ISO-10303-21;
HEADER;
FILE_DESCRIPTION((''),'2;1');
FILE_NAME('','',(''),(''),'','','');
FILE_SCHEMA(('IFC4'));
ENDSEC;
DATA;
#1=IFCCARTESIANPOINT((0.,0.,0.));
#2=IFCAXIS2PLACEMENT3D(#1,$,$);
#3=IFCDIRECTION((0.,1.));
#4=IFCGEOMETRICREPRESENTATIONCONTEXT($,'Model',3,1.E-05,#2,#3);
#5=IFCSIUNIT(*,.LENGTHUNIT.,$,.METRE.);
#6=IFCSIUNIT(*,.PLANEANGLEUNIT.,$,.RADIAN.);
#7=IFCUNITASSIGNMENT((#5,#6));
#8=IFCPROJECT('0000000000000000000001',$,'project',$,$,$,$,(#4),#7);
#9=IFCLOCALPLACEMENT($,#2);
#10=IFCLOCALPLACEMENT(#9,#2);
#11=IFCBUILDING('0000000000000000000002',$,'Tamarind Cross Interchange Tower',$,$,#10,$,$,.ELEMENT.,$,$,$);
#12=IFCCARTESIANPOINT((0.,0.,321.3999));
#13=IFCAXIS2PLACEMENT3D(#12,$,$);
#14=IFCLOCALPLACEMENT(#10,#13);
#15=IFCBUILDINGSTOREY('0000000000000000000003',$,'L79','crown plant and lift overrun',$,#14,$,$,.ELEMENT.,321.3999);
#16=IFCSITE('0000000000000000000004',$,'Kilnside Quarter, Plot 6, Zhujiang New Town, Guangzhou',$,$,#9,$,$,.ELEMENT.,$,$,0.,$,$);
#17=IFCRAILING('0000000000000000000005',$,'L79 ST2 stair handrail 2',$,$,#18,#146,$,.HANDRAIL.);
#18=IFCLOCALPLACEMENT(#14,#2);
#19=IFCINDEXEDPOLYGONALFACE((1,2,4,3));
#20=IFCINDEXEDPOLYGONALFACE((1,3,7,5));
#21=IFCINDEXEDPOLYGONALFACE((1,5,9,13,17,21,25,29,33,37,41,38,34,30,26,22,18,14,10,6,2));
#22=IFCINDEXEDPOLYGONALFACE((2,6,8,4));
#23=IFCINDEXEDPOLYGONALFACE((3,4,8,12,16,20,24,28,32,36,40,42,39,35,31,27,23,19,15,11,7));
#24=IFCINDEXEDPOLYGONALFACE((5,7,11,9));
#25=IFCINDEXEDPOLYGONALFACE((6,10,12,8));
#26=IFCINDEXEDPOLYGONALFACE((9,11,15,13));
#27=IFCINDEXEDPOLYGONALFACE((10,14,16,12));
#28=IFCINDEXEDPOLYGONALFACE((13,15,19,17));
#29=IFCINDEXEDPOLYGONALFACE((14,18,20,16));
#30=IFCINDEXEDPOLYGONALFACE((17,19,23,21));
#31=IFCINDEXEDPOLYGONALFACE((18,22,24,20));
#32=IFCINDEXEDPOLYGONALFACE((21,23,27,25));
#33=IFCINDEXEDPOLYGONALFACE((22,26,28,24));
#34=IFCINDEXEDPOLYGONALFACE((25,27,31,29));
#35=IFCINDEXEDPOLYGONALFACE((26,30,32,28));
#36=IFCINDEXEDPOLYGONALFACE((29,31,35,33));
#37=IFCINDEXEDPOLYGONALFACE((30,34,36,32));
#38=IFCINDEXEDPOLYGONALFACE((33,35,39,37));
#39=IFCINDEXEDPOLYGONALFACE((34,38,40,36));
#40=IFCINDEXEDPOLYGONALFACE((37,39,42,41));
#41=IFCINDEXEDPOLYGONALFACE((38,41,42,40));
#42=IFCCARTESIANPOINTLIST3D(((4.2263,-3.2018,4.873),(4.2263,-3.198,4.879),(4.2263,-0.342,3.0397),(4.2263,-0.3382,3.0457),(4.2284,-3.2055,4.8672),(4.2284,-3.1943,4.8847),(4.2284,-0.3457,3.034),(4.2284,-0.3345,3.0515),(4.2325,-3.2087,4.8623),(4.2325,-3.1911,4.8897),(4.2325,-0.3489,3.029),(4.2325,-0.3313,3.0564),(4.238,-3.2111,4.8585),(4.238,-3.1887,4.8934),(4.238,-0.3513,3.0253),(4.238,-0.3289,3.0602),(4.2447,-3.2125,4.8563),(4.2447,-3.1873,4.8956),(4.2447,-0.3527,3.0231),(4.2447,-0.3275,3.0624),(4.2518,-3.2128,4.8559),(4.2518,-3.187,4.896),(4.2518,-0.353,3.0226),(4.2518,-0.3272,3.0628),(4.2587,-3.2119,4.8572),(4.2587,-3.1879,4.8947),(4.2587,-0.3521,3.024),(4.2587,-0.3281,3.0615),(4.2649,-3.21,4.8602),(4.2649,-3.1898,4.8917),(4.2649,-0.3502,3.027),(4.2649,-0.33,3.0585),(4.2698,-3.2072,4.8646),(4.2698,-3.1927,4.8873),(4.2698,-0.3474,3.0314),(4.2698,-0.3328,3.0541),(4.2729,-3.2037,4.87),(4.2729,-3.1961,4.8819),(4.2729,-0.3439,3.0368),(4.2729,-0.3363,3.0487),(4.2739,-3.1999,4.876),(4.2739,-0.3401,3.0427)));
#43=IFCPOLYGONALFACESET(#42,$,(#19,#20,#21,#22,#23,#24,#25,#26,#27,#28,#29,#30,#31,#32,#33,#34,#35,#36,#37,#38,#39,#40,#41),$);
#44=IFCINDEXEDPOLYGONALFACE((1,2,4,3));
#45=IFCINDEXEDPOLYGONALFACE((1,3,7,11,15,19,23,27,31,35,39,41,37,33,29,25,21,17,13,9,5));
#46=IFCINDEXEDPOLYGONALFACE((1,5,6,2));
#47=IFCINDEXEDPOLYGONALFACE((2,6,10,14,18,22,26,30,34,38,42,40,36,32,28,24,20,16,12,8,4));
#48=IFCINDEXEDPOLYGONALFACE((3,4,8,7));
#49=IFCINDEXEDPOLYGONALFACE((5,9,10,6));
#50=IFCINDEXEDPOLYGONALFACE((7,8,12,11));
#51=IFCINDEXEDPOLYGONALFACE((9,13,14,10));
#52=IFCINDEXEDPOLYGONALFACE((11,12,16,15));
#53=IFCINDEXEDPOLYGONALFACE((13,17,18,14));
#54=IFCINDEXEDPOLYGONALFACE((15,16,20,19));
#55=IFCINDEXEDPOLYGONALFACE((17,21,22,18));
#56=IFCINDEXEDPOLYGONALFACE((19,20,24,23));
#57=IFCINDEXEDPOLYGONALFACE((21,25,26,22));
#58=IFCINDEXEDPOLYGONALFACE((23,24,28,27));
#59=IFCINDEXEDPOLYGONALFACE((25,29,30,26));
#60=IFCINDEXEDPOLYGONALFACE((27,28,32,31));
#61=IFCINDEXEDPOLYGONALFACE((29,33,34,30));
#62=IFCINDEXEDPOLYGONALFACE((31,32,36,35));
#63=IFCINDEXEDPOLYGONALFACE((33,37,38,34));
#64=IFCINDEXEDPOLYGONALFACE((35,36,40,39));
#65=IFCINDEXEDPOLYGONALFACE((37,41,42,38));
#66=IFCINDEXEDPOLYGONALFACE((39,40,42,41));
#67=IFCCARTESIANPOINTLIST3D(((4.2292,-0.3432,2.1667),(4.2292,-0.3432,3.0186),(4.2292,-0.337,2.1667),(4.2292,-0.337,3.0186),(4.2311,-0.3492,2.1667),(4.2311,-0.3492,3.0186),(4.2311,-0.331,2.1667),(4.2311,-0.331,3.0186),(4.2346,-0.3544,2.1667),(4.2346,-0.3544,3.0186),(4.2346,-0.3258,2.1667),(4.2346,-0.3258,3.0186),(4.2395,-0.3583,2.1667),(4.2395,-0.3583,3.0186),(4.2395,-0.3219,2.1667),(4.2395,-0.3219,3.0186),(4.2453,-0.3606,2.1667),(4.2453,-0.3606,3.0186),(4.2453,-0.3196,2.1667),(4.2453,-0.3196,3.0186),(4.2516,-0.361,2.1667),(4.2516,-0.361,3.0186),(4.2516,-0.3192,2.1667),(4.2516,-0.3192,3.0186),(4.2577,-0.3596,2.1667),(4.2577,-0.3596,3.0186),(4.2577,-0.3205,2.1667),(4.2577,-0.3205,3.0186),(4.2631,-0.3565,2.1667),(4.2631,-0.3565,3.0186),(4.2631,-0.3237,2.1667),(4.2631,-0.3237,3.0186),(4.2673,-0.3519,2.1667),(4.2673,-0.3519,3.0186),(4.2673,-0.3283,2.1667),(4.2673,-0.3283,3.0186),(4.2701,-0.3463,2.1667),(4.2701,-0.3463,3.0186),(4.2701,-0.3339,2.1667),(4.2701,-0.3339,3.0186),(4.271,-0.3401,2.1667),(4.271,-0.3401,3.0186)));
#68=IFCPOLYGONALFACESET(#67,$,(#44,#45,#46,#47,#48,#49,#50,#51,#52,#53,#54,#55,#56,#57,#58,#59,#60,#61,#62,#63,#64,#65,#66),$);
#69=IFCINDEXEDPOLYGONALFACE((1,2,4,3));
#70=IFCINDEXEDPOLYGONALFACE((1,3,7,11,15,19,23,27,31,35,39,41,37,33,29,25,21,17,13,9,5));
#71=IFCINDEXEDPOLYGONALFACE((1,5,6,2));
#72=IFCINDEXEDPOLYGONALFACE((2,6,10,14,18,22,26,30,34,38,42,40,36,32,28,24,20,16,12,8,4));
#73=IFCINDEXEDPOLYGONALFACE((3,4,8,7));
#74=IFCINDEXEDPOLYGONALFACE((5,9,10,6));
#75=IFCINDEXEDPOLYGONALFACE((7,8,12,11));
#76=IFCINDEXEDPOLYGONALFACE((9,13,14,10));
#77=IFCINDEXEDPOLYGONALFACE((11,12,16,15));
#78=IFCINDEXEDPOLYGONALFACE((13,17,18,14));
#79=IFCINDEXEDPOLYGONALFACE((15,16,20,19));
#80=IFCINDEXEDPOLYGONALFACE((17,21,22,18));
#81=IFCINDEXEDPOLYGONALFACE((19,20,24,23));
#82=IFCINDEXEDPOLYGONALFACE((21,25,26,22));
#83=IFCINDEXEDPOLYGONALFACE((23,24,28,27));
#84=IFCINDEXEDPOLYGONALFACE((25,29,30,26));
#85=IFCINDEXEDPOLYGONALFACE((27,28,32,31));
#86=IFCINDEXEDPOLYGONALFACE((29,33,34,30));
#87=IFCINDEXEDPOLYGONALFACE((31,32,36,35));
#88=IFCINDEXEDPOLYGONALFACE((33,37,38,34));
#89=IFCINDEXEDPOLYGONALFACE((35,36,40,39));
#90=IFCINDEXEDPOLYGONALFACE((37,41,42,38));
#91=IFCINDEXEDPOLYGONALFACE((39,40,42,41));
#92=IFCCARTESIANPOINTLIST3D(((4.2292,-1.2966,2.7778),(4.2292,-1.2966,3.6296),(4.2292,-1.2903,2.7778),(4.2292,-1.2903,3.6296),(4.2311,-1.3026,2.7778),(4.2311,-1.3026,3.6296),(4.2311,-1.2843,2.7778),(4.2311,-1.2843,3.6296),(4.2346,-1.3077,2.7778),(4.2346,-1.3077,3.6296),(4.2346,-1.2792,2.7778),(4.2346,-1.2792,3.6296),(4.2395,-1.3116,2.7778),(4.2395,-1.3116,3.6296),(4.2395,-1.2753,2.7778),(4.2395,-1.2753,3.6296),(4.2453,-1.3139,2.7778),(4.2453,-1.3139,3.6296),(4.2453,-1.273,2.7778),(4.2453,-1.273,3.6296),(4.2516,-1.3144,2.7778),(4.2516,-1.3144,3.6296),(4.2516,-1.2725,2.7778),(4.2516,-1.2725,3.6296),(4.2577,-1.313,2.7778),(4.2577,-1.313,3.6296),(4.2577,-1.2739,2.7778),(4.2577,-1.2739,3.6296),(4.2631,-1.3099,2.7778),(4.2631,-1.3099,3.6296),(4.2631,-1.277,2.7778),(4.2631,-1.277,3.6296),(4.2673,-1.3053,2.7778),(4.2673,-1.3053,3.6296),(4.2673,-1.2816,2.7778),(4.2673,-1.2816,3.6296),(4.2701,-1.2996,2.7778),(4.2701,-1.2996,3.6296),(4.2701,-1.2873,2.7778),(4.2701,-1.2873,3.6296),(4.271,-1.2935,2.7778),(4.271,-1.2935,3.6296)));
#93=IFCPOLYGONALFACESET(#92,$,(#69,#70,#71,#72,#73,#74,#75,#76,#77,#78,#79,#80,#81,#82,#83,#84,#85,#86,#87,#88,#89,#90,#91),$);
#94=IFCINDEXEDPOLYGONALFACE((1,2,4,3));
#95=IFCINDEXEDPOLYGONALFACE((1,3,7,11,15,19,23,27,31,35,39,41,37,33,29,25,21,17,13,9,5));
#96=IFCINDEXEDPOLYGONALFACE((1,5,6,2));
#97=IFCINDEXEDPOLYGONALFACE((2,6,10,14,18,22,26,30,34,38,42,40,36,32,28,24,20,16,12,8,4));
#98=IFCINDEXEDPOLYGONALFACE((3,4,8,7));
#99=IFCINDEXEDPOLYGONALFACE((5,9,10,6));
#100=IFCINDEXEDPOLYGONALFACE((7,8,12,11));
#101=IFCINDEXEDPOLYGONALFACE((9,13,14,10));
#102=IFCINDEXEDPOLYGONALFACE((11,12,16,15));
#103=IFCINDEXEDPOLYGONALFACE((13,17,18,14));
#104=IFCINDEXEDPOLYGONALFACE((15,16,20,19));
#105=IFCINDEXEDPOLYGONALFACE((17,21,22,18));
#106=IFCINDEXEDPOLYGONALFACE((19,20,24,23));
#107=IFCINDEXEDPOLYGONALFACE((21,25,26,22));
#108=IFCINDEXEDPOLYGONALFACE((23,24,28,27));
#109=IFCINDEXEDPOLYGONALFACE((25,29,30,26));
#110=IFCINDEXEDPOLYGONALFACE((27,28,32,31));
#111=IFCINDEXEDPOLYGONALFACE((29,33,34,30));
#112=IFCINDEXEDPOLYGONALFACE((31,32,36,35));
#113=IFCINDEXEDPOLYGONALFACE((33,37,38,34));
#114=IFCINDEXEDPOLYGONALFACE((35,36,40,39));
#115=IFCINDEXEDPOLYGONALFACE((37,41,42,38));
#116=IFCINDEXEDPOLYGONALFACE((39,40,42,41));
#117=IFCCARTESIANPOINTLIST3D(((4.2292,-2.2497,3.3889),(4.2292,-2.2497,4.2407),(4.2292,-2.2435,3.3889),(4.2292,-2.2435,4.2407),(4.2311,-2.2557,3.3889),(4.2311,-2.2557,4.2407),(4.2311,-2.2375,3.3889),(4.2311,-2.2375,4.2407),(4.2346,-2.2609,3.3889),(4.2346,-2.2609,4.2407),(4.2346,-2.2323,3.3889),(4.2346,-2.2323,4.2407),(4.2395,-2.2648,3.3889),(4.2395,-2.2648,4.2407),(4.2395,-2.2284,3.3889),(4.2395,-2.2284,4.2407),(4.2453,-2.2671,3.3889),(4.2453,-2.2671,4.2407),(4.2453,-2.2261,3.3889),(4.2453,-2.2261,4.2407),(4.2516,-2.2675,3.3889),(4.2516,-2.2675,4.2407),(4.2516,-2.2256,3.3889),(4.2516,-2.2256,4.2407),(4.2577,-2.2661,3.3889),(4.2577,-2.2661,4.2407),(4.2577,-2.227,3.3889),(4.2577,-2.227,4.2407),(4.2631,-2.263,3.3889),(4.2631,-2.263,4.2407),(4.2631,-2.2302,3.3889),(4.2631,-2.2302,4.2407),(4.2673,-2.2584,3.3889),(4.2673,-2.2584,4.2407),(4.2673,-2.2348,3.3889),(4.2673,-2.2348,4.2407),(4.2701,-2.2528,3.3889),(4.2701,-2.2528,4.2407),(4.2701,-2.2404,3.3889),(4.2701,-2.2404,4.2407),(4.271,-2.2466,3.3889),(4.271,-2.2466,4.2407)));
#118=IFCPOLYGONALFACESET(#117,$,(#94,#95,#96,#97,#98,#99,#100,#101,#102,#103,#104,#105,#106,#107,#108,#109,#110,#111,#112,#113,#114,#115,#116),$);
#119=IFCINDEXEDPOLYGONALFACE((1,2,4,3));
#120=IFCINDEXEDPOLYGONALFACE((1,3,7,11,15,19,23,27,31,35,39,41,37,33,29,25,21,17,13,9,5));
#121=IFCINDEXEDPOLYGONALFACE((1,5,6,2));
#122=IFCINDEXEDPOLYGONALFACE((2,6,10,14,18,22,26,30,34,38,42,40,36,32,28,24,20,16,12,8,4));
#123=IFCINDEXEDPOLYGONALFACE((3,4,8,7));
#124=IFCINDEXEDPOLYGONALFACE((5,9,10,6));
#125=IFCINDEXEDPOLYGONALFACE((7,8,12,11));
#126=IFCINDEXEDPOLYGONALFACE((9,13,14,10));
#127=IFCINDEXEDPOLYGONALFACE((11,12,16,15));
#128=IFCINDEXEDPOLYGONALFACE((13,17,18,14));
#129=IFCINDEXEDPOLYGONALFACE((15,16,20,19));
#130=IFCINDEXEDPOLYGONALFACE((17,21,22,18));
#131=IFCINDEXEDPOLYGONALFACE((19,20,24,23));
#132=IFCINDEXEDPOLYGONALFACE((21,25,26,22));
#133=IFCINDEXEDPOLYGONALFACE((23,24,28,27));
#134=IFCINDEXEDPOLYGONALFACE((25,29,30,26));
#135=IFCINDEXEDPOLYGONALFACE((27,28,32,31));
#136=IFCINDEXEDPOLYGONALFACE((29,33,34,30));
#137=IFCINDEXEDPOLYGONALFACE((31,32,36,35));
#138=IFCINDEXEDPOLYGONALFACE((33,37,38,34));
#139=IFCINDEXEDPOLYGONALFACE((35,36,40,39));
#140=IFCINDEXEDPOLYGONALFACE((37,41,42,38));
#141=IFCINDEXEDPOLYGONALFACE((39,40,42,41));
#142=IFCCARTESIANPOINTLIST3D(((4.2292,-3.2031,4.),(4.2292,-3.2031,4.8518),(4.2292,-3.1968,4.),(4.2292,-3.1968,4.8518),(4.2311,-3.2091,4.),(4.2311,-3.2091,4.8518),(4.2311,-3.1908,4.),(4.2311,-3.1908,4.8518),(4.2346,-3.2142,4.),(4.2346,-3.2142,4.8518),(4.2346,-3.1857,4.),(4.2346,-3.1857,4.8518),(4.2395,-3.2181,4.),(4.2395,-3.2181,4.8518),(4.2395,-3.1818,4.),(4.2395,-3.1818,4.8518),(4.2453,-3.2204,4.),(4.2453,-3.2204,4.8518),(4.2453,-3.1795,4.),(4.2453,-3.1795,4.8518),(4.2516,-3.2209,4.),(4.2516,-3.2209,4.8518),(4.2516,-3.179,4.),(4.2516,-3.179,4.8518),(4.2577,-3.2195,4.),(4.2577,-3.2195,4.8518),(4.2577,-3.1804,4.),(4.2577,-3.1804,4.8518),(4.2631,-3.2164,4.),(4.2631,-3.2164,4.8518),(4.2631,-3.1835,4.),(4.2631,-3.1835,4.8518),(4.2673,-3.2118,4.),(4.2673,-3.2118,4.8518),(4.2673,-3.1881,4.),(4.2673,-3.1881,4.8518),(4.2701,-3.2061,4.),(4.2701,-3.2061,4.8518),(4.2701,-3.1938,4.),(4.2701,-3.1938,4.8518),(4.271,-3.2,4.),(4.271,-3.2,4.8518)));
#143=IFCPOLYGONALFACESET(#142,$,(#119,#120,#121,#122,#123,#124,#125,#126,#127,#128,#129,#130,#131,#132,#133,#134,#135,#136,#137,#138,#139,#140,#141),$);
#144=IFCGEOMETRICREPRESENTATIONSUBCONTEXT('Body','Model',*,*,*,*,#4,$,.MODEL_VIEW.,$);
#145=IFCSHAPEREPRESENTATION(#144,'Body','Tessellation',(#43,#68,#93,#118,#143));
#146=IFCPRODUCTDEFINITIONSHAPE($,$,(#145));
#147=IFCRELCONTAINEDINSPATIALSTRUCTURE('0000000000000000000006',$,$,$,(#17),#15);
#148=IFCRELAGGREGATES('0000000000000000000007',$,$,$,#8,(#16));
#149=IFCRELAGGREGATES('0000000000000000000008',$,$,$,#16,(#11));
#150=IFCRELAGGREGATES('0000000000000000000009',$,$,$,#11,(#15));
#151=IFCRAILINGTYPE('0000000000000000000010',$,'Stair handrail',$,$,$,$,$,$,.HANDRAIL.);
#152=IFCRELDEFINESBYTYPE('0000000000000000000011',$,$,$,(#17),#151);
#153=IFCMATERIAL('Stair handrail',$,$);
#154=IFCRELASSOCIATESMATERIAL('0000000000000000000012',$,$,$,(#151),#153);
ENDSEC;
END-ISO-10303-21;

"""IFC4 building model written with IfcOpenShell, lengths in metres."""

from ifc_helpers import new_model, si_unit, direction, frame, origin, origin_2d, place, context, subcontext, project, spatial, circle, extrude, material, type_object, element, save


model = new_model("IFC4")

# Units and contexts
model_context = context("Model", 3, precision=1e-05, world=origin(), true_north=direction((0.0, 1.0)))
body_context = subcontext(model_context, "Body", "Model", "MODEL_VIEW")
ifc_project = project(units=[si_unit("LENGTHUNIT", "METRE"), si_unit("PLANEANGLEUNIT", "RADIAN")], contexts=[model_context])

# Site, building, storey
site_placement = place(None, origin())
site = spatial("IfcSite", under=ifc_project, at=site_placement, Name="Kilnside Quarter, Plot 6, Zhujiang New Town, Guangzhou", CompositionType="ELEMENT", RefElevation=0.0)
building_placement = place(site_placement, origin())
building = spatial("IfcBuilding", under=site, at=building_placement, Name="Tamarind Cross Interchange Tower", CompositionType="ELEMENT")
storey_placement = place(building_placement, frame((0.0, 0.0, 321.3999)))
storey = spatial("IfcBuildingStorey", under=building, at=storey_placement, Name="L79", Description="crown plant and lift overrun", CompositionType="ELEMENT", Elevation=321.3999)

# Railing
ifc_material_1 = material(Name="Stair handrail")
railing_type_1 = type_object("IfcRailingType", Name="Stair handrail", PredefinedType="HANDRAIL", material=ifc_material_1)
railing_1_placement = place(storey_placement, frame((4.25, -0.3401, 2.1667)))
element("IfcRailing", 1, at=railing_1_placement, inside=storey, type_object=railing_type_1, Name="L79 ST2 stair handrail 2", PredefinedType="HANDRAIL", context=body_context, shape_type="SweptSolid", body=[
    extrude(circle(Radius=0.0239, at=origin_2d()), frame((0.0, 0.0, 0.876), z_axis=(0.0, -0.841878, 0.539667), x_axis=(1.0, 0.0, 0.0)), (0.0, 0.0, 1.0), 3.397),
    extrude(circle(Radius=0.021, at=origin_2d()), origin(), (0.0, 0.0, 1.0), 0.8518),
    extrude(circle(Radius=0.021, at=origin_2d()), frame((0.0, -0.9534, 0.6111)), (0.0, 0.0, 1.0), 0.8518),
    extrude(circle(Radius=0.021, at=origin_2d()), frame((0.0, -1.9065, 1.2222)), (0.0, 0.0, 1.0), 0.8518),
    extrude(circle(Radius=0.021, at=origin_2d()), frame((0.0, -2.8599, 1.8333)), (0.0, 0.0, 1.0), 0.8518),
])

save(model, "model.ifc")
